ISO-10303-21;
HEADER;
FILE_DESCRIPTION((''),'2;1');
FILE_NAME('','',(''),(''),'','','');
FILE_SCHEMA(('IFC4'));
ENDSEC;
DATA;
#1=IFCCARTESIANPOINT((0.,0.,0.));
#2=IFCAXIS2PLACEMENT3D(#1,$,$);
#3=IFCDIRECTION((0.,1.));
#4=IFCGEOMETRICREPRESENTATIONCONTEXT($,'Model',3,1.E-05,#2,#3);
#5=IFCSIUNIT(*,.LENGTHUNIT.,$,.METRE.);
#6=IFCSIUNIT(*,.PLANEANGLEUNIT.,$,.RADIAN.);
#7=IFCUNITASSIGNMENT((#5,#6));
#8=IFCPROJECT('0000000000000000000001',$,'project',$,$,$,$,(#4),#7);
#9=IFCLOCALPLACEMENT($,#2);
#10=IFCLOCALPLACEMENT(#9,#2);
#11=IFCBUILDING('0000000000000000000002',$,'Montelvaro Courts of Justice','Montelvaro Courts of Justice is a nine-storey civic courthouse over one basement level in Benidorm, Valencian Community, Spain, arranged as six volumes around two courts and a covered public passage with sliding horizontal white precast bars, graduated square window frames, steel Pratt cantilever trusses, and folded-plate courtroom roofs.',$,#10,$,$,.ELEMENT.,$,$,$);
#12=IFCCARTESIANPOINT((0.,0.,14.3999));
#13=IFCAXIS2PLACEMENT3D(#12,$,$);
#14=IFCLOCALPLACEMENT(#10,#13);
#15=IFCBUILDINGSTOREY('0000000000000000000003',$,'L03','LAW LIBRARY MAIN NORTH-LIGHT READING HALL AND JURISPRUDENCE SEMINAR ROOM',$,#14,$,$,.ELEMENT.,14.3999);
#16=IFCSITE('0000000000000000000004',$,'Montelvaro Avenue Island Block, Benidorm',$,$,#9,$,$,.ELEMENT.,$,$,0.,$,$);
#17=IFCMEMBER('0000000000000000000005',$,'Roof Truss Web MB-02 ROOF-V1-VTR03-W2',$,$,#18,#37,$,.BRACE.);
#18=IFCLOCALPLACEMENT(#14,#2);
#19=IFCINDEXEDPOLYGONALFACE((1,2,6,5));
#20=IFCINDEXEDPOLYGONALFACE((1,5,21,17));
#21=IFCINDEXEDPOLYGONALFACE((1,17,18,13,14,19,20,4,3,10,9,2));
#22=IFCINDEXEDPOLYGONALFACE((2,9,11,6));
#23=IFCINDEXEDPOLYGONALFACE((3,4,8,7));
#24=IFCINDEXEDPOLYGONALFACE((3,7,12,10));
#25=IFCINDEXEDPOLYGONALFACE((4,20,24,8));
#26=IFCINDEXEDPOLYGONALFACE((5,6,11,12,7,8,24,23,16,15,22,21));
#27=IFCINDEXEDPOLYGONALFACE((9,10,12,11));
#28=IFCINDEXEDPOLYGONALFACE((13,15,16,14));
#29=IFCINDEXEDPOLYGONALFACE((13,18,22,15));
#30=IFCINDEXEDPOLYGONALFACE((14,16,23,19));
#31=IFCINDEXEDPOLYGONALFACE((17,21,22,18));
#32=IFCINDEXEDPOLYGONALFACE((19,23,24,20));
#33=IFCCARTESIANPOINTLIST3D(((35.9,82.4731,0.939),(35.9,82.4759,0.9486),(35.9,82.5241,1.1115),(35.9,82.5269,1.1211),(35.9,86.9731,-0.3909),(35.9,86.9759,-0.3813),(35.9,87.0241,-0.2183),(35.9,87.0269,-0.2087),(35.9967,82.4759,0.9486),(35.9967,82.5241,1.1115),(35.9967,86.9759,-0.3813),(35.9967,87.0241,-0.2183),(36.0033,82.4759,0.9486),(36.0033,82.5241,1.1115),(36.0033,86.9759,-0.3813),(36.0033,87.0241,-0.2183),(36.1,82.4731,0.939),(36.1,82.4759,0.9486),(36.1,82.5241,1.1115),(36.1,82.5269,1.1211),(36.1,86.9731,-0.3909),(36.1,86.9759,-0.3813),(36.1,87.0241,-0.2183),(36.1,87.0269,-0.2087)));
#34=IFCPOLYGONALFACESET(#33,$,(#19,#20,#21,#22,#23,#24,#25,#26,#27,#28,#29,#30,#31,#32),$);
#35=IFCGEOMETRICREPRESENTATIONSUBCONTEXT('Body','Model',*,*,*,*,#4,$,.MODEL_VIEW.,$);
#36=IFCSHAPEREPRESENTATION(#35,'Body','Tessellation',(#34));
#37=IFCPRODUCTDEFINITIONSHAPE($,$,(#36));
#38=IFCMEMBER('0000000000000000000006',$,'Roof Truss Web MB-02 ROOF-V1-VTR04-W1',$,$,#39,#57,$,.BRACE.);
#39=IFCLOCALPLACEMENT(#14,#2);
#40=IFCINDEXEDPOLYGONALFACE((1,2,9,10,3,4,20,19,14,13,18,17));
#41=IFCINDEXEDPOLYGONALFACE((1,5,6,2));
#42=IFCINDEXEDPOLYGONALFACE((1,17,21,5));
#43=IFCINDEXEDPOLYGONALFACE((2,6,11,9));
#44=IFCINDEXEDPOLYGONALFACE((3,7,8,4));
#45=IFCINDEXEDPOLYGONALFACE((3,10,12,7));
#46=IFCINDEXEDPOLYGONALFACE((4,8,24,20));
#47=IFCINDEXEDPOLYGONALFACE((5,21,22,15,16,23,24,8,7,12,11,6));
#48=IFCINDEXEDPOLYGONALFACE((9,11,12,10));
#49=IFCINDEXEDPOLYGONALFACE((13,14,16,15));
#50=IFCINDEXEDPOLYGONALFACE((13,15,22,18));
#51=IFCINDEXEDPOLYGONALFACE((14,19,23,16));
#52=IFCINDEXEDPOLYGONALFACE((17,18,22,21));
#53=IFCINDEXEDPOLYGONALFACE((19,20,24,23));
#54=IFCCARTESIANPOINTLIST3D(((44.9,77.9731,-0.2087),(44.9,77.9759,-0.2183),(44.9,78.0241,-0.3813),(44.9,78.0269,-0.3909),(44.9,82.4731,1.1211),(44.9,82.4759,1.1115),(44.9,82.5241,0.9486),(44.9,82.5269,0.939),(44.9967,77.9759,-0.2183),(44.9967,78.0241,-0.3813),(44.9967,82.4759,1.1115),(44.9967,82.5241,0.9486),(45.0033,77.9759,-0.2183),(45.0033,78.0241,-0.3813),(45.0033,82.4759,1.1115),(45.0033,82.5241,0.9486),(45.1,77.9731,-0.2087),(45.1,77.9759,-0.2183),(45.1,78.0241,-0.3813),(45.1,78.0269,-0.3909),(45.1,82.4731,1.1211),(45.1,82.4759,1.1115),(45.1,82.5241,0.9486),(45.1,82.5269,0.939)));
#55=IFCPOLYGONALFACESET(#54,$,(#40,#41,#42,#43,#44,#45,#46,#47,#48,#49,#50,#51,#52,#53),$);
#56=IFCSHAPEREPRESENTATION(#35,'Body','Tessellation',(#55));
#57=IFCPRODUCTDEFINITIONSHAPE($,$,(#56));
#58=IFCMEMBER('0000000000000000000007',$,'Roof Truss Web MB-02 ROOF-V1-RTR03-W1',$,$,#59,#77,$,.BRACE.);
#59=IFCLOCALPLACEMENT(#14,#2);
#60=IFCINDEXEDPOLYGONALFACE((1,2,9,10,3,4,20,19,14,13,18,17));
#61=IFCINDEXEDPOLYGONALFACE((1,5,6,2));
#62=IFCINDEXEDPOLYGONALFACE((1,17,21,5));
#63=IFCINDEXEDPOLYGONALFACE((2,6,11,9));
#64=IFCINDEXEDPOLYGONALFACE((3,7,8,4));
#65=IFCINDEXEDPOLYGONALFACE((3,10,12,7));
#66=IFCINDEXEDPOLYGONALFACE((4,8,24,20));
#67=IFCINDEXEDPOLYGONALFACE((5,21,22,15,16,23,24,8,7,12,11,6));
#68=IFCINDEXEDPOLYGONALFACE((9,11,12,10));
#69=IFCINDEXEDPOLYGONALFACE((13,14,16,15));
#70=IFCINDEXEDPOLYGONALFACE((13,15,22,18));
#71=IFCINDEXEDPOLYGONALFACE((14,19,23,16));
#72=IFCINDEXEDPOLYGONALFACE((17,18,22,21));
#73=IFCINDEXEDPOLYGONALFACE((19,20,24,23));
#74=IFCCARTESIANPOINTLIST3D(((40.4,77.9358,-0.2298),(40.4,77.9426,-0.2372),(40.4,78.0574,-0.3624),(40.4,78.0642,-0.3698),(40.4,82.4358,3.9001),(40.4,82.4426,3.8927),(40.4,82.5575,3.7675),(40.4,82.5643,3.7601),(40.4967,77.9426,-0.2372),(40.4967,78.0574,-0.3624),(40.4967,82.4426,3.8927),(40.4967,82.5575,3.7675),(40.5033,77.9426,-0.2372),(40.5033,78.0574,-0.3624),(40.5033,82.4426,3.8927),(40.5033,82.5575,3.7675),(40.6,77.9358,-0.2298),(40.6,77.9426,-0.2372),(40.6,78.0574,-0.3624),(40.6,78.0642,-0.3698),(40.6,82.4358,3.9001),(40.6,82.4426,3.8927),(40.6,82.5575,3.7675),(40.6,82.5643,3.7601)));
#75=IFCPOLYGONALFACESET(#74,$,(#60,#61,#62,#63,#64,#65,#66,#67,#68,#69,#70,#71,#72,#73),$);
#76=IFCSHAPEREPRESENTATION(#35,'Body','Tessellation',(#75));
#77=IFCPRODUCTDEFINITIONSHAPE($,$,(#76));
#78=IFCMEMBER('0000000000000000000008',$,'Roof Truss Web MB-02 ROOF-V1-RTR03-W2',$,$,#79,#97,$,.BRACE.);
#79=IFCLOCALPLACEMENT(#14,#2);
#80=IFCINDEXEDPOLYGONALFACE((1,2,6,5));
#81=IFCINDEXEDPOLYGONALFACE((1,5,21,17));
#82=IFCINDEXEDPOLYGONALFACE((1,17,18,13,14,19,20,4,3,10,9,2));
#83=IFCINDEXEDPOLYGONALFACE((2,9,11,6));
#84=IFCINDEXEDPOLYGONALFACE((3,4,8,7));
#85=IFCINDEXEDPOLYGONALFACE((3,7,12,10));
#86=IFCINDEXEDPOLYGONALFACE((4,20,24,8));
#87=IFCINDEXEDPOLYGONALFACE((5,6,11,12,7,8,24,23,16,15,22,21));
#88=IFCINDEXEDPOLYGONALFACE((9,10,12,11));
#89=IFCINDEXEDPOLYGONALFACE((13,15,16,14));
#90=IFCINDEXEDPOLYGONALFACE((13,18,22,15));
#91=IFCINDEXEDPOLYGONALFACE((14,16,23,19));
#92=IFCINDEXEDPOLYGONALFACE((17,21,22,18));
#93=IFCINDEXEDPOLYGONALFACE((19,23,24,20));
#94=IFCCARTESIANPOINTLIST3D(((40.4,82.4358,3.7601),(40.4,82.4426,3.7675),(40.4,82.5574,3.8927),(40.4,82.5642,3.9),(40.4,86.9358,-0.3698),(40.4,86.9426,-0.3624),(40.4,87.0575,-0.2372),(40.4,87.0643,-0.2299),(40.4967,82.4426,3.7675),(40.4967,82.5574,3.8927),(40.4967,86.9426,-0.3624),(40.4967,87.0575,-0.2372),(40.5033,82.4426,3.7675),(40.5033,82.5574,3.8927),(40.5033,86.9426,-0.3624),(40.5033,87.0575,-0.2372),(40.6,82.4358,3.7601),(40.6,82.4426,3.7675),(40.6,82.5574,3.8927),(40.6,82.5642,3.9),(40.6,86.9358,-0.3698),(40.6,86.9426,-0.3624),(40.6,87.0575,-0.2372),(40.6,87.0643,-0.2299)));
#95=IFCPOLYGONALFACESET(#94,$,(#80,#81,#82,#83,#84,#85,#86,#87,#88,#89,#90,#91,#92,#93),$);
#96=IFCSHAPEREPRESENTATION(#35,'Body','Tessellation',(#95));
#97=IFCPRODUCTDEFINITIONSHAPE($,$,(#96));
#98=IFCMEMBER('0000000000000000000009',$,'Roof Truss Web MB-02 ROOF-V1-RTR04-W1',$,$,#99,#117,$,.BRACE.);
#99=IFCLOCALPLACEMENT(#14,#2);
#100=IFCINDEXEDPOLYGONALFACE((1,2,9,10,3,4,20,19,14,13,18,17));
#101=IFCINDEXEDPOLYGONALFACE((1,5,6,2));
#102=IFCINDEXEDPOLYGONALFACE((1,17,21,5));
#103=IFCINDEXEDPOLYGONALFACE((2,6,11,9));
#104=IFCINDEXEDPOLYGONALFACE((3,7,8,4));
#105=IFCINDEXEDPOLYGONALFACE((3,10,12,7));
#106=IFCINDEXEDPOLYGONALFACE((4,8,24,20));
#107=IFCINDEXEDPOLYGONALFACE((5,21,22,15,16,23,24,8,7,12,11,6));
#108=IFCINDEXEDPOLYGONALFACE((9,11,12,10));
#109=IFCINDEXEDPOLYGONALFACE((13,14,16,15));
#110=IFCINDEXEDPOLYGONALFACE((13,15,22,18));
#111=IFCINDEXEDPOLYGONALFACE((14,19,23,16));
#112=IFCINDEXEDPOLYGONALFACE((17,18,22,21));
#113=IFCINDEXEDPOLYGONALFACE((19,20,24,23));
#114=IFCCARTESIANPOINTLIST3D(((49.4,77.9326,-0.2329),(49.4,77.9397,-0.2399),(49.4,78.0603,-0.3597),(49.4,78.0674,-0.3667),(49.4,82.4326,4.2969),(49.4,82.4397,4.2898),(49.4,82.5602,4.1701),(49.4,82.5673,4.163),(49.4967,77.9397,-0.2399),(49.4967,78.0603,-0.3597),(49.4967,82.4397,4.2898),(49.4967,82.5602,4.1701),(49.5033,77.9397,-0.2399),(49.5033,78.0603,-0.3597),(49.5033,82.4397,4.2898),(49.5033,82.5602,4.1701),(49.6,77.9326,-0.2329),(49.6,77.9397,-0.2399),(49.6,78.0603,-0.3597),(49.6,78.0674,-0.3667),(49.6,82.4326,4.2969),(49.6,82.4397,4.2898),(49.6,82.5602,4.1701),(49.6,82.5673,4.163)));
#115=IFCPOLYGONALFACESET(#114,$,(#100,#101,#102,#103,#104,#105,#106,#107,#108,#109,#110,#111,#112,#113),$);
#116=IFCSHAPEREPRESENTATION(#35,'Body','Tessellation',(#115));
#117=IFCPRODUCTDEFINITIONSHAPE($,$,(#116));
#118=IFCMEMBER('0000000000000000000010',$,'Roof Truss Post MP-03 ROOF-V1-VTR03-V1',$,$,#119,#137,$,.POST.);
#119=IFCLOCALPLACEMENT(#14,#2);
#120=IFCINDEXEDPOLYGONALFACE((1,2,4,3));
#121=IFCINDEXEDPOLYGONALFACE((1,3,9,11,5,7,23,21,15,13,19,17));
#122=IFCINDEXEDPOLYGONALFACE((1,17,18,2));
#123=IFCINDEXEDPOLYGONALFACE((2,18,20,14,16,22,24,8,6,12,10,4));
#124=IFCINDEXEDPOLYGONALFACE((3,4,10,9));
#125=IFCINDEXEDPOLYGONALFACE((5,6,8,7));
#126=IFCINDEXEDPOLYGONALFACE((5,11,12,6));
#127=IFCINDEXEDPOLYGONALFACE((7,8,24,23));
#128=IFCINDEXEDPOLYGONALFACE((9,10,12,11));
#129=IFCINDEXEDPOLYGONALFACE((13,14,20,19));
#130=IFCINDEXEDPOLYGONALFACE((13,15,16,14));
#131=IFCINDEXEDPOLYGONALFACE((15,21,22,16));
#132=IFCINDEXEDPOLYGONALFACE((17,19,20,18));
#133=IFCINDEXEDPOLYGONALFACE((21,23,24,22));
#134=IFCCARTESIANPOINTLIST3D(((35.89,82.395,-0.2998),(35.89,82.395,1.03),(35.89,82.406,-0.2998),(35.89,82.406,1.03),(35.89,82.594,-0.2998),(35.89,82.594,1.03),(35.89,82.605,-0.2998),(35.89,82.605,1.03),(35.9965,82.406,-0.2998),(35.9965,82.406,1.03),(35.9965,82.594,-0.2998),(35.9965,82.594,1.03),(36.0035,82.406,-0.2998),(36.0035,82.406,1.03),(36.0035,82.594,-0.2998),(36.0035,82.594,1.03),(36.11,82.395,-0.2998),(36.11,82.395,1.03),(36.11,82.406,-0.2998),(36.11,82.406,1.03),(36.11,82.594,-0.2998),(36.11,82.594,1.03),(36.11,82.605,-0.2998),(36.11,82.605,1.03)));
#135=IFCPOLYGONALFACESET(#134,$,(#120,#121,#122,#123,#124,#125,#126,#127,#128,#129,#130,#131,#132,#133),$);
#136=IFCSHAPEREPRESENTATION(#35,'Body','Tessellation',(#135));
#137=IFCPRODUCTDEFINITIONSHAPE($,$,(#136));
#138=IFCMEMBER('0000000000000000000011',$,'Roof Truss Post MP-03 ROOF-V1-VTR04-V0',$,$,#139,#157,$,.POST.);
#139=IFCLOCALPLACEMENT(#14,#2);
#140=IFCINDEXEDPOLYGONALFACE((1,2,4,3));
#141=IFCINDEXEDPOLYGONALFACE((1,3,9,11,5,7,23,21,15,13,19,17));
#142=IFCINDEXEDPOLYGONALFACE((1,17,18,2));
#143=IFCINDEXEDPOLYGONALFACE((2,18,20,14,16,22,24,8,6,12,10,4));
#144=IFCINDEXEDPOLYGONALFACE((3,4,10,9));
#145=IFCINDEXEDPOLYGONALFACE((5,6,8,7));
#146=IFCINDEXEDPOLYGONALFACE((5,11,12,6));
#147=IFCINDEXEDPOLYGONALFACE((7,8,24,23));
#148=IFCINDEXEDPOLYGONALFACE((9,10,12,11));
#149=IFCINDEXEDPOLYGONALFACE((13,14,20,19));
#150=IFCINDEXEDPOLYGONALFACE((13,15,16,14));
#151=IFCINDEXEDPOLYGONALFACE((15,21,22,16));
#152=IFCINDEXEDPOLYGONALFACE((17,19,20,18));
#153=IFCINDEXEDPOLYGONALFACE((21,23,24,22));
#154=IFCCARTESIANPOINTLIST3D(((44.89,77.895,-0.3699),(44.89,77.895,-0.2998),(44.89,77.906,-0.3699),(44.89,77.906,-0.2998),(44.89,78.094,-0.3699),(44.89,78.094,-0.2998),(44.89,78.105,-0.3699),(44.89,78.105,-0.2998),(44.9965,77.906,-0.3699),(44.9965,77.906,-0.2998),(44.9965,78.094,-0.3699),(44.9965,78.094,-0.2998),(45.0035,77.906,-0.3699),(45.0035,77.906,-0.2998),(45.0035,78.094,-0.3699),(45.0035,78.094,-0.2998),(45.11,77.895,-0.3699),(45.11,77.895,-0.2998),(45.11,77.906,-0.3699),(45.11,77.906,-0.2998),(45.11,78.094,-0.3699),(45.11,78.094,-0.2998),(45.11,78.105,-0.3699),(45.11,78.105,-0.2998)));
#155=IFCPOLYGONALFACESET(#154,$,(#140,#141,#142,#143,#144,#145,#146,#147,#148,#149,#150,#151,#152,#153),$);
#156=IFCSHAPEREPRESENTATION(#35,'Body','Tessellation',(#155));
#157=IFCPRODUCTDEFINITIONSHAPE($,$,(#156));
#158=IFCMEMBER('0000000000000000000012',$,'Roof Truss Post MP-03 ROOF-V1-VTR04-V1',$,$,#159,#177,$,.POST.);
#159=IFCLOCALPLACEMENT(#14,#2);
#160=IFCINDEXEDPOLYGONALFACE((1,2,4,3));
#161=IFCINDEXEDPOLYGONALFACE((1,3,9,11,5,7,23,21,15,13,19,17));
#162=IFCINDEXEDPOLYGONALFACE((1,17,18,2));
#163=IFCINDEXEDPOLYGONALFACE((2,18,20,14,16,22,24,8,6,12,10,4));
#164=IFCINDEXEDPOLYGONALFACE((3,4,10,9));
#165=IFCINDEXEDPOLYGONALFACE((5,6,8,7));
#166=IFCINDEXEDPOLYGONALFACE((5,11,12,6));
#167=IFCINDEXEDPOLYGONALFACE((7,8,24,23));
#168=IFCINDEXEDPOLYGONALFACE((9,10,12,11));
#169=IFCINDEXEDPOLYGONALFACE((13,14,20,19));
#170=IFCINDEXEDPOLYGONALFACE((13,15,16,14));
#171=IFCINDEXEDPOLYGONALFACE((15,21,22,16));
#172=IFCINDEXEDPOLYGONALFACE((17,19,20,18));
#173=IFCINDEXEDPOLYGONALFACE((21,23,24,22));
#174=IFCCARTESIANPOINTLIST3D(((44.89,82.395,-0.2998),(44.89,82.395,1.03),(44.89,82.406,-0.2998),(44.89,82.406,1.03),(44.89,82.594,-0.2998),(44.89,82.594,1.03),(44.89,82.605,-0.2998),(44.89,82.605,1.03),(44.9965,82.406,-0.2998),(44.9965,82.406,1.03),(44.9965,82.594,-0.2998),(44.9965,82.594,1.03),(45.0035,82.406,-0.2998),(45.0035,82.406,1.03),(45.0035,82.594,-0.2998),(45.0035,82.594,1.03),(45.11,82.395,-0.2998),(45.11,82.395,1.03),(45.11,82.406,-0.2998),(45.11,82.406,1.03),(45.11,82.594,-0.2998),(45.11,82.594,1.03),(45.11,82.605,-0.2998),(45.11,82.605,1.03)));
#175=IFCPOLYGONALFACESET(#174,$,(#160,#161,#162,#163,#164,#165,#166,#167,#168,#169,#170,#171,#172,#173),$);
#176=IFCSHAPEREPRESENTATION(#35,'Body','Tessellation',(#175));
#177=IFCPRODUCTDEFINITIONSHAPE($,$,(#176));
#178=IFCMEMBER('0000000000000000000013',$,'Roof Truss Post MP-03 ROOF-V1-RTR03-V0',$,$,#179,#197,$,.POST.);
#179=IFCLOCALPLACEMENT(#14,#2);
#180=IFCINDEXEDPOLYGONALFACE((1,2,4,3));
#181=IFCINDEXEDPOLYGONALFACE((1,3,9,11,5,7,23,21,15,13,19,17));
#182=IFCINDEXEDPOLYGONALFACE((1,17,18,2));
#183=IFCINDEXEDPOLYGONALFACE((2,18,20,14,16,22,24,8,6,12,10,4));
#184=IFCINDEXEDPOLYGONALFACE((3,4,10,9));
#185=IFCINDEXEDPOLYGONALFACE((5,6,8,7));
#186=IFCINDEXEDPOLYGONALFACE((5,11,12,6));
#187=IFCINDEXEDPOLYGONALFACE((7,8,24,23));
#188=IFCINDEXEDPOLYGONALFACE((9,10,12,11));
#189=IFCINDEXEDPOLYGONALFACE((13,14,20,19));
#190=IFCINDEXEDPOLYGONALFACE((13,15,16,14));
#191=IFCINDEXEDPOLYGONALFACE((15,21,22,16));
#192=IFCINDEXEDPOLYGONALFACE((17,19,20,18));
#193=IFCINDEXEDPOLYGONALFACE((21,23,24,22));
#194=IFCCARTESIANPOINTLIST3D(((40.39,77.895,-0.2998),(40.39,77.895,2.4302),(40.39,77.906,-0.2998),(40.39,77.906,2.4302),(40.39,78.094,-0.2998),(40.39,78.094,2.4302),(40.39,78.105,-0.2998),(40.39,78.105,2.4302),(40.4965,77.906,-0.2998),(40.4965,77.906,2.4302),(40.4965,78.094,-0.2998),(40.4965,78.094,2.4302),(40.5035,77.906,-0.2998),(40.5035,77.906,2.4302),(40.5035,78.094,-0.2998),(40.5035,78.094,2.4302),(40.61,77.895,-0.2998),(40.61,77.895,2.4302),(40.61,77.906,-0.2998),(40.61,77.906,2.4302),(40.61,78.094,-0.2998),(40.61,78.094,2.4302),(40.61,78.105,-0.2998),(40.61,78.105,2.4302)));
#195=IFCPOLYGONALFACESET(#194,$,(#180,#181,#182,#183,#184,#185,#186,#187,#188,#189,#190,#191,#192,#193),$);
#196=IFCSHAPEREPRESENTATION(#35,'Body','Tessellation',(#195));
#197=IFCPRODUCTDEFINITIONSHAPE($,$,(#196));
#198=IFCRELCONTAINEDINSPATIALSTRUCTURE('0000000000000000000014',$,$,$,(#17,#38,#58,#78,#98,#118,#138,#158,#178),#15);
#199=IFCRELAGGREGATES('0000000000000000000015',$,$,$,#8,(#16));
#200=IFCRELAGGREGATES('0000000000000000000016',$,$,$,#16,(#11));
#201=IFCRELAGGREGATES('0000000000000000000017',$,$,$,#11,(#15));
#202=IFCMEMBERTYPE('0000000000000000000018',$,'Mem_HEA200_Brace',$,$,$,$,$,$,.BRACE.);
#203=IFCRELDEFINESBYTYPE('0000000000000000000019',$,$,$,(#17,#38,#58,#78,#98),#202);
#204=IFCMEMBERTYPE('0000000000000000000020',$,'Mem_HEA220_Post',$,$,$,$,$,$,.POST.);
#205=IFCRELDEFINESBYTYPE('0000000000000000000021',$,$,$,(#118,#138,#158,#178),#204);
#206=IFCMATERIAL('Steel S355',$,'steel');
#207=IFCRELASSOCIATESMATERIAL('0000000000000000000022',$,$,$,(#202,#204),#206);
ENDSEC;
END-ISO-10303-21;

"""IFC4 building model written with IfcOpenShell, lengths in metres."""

from ifc_helpers import new_model, si_unit, direction, frame, origin, origin_2d, place, context, subcontext, project, spatial, i_section, extrude, material, material_profile, profile_set, type_object, element, save


model = new_model("IFC4")

# Units and contexts
model_context = context("Model", 3, precision=1e-05, world=origin(), true_north=direction((0.0, 1.0)))
body_context = subcontext(model_context, "Body", "Model", "MODEL_VIEW")
ifc_project = project(units=[si_unit("LENGTHUNIT", "METRE"), si_unit("PLANEANGLEUNIT", "RADIAN")], contexts=[model_context])

# Site, building, storey
site_placement = place(None, origin())
site = spatial("IfcSite", under=ifc_project, at=site_placement, Name="Montelvaro Avenue Island Block, Benidorm", CompositionType="ELEMENT", RefElevation=0.0)
building_placement = place(site_placement, origin())
building = spatial("IfcBuilding", under=site, at=building_placement, Name="Montelvaro Courts of Justice", Description="Montelvaro Courts of Justice is a nine-storey civic courthouse over one basement level in Benidorm, Valencian Community, Spain, arranged as six volumes around two courts and a covered public passage with sliding horizontal white precast bars, graduated square window frames, steel Pratt cantilever trusses, and folded-plate courtroom roofs.", CompositionType="ELEMENT")
storey_placement = place(building_placement, frame((0.0, 0.0, 14.3999)))
storey = spatial("IfcBuildingStorey", under=building, at=storey_placement, Name="L03", Description="LAW LIBRARY MAIN NORTH-LIGHT READING HALL AND JURISPRUDENCE SEMINAR ROOM", CompositionType="ELEMENT", Elevation=14.3999)

# Members
ifc_material_1 = material(Name="Steel S355", Category="steel")
ifc_material_profile_1 = material_profile(ifc_material_1, i_section(OverallWidth=0.2, OverallDepth=0.1899, WebThickness=0.0066, FlangeThickness=0.01, at=origin_2d()), Name="HEA 200")
ifc_profile_set_1 = profile_set([ifc_material_profile_1], Name="Steel S355")
member_type_1 = type_object("IfcMemberType", Name="Mem_HEA200_Brace", PredefinedType="BRACE", material=ifc_profile_set_1)
for number, where, z_axis, x_axis, name in (
    (1, (36.0, 82.5, 1.03), (0.0, 0.959001, -0.283403), (-1.0, 0.0, 0.0), "Roof Truss Web MB-02 ROOF-V1-VTR03-W2"),
    (2, (45.0, 78.0, -0.2998), (0.0, 0.959001, 0.283403), (-1.0, 0.0, 0.0), "Roof Truss Web MB-02 ROOF-V1-VTR04-W1"),
):
    element("IfcMember", number, at=place(storey_placement, frame(where, z_axis=z_axis, x_axis=x_axis)), inside=storey, type_object=member_type_1, Name=name, PredefinedType="BRACE", context=body_context, shape_type="SweptSolid", body=[
        extrude(i_section(OverallWidth=0.2, OverallDepth=0.1899, WebThickness=0.0066, FlangeThickness=0.01, at=origin_2d()), origin(), (0.0, 0.0, 1.0), 4.6924),
    ])
for number, where, z_axis, x_axis, name in (
    (3, (40.5, 78.0, -0.2998), (0.0, 0.736756, 0.676159), (-1.0, 0.0, 0.0), "Roof Truss Web MB-02 ROOF-V1-RTR03-W1"),
    (4, (40.5, 82.5, 3.8301), (0.0, 0.736756, -0.676159), (-1.0, 0.0, 0.0), "Roof Truss Web MB-02 ROOF-V1-RTR03-W2"),
):
    element("IfcMember", number, at=place(storey_placement, frame(where, z_axis=z_axis, x_axis=x_axis)), inside=storey, type_object=member_type_1, Name=name, PredefinedType="BRACE", context=body_context, shape_type="SweptSolid", body=[
        extrude(i_section(OverallWidth=0.2, OverallDepth=0.1899, WebThickness=0.0066, FlangeThickness=0.01, at=origin_2d()), origin(), (0.0, 0.0, 1.0), 6.1079),
    ])
member_1_placement = place(storey_placement, frame((49.5, 78.0, -0.2998), z_axis=(0.0, 0.704771, 0.709435), x_axis=(-1.0, 0.0, 0.0)))
element("IfcMember", 5, at=member_1_placement, inside=storey, type_object=member_type_1, Name="Roof Truss Web MB-02 ROOF-V1-RTR04-W1", PredefinedType="BRACE", context=body_context, shape_type="SweptSolid", body=[
    extrude(i_section(OverallWidth=0.2, OverallDepth=0.1899, WebThickness=0.0066, FlangeThickness=0.01, at=origin_2d()), origin(), (0.0, 0.0, 1.0), 6.385),
])
ifc_material_profile_2 = material_profile(ifc_material_1, i_section(OverallWidth=0.22, OverallDepth=0.21, WebThickness=0.0071, FlangeThickness=0.011, at=origin_2d()), Name="HEA 220")
ifc_profile_set_2 = profile_set([ifc_material_profile_2], Name="Steel S355")
member_type_2 = type_object("IfcMemberType", Name="Mem_HEA220_Post", PredefinedType="POST", material=ifc_profile_set_2)
member_2_placement = place(storey_placement, frame((36.0, 82.5, -0.2998), z_axis=(0.0, 0.0, 1.0), x_axis=(1.0, 0.0, 0.0)))
element("IfcMember", 6, at=member_2_placement, inside=storey, type_object=member_type_2, Name="Roof Truss Post MP-03 ROOF-V1-VTR03-V1", PredefinedType="POST", context=body_context, shape_type="SweptSolid", body=[
    extrude(i_section(OverallWidth=0.22, OverallDepth=0.21, WebThickness=0.0071, FlangeThickness=0.011, at=origin_2d()), origin(), (0.0, 0.0, 1.0), 1.3298),
])
member_3_placement = place(storey_placement, frame((45.0, 78.0, -0.2998), z_axis=(0.0, 0.0, -1.0), x_axis=(1.0, 0.0, 0.0)))
element("IfcMember", 7, at=member_3_placement, inside=storey, type_object=member_type_2, Name="Roof Truss Post MP-03 ROOF-V1-VTR04-V0", PredefinedType="POST", context=body_context, shape_type="SweptSolid", body=[
    extrude(i_section(OverallWidth=0.22, OverallDepth=0.21, WebThickness=0.0071, FlangeThickness=0.011, at=origin_2d()), origin(), (0.0, 0.0, 1.0), 0.0701),
])
member_4_placement = place(storey_placement, frame((45.0, 82.5, -0.2998), z_axis=(0.0, 0.0, 1.0), x_axis=(1.0, 0.0, 0.0)))
element("IfcMember", 8, at=member_4_placement, inside=storey, type_object=member_type_2, Name="Roof Truss Post MP-03 ROOF-V1-VTR04-V1", PredefinedType="POST", context=body_context, shape_type="SweptSolid", body=[
    extrude(i_section(OverallWidth=0.22, OverallDepth=0.21, WebThickness=0.0071, FlangeThickness=0.011, at=origin_2d()), origin(), (0.0, 0.0, 1.0), 1.3298),
])
member_5_placement = place(storey_placement, frame((40.5, 78.0, -0.2998), z_axis=(0.0, 0.0, 1.0), x_axis=(1.0, 0.0, 0.0)))
element("IfcMember", 9, at=member_5_placement, inside=storey, type_object=member_type_2, Name="Roof Truss Post MP-03 ROOF-V1-RTR03-V0", PredefinedType="POST", context=body_context, shape_type="SweptSolid", body=[
    extrude(i_section(OverallWidth=0.22, OverallDepth=0.21, WebThickness=0.0071, FlangeThickness=0.011, at=origin_2d()), origin(), (0.0, 0.0, 1.0), 2.73),
])

save(model, "model.ifc")
